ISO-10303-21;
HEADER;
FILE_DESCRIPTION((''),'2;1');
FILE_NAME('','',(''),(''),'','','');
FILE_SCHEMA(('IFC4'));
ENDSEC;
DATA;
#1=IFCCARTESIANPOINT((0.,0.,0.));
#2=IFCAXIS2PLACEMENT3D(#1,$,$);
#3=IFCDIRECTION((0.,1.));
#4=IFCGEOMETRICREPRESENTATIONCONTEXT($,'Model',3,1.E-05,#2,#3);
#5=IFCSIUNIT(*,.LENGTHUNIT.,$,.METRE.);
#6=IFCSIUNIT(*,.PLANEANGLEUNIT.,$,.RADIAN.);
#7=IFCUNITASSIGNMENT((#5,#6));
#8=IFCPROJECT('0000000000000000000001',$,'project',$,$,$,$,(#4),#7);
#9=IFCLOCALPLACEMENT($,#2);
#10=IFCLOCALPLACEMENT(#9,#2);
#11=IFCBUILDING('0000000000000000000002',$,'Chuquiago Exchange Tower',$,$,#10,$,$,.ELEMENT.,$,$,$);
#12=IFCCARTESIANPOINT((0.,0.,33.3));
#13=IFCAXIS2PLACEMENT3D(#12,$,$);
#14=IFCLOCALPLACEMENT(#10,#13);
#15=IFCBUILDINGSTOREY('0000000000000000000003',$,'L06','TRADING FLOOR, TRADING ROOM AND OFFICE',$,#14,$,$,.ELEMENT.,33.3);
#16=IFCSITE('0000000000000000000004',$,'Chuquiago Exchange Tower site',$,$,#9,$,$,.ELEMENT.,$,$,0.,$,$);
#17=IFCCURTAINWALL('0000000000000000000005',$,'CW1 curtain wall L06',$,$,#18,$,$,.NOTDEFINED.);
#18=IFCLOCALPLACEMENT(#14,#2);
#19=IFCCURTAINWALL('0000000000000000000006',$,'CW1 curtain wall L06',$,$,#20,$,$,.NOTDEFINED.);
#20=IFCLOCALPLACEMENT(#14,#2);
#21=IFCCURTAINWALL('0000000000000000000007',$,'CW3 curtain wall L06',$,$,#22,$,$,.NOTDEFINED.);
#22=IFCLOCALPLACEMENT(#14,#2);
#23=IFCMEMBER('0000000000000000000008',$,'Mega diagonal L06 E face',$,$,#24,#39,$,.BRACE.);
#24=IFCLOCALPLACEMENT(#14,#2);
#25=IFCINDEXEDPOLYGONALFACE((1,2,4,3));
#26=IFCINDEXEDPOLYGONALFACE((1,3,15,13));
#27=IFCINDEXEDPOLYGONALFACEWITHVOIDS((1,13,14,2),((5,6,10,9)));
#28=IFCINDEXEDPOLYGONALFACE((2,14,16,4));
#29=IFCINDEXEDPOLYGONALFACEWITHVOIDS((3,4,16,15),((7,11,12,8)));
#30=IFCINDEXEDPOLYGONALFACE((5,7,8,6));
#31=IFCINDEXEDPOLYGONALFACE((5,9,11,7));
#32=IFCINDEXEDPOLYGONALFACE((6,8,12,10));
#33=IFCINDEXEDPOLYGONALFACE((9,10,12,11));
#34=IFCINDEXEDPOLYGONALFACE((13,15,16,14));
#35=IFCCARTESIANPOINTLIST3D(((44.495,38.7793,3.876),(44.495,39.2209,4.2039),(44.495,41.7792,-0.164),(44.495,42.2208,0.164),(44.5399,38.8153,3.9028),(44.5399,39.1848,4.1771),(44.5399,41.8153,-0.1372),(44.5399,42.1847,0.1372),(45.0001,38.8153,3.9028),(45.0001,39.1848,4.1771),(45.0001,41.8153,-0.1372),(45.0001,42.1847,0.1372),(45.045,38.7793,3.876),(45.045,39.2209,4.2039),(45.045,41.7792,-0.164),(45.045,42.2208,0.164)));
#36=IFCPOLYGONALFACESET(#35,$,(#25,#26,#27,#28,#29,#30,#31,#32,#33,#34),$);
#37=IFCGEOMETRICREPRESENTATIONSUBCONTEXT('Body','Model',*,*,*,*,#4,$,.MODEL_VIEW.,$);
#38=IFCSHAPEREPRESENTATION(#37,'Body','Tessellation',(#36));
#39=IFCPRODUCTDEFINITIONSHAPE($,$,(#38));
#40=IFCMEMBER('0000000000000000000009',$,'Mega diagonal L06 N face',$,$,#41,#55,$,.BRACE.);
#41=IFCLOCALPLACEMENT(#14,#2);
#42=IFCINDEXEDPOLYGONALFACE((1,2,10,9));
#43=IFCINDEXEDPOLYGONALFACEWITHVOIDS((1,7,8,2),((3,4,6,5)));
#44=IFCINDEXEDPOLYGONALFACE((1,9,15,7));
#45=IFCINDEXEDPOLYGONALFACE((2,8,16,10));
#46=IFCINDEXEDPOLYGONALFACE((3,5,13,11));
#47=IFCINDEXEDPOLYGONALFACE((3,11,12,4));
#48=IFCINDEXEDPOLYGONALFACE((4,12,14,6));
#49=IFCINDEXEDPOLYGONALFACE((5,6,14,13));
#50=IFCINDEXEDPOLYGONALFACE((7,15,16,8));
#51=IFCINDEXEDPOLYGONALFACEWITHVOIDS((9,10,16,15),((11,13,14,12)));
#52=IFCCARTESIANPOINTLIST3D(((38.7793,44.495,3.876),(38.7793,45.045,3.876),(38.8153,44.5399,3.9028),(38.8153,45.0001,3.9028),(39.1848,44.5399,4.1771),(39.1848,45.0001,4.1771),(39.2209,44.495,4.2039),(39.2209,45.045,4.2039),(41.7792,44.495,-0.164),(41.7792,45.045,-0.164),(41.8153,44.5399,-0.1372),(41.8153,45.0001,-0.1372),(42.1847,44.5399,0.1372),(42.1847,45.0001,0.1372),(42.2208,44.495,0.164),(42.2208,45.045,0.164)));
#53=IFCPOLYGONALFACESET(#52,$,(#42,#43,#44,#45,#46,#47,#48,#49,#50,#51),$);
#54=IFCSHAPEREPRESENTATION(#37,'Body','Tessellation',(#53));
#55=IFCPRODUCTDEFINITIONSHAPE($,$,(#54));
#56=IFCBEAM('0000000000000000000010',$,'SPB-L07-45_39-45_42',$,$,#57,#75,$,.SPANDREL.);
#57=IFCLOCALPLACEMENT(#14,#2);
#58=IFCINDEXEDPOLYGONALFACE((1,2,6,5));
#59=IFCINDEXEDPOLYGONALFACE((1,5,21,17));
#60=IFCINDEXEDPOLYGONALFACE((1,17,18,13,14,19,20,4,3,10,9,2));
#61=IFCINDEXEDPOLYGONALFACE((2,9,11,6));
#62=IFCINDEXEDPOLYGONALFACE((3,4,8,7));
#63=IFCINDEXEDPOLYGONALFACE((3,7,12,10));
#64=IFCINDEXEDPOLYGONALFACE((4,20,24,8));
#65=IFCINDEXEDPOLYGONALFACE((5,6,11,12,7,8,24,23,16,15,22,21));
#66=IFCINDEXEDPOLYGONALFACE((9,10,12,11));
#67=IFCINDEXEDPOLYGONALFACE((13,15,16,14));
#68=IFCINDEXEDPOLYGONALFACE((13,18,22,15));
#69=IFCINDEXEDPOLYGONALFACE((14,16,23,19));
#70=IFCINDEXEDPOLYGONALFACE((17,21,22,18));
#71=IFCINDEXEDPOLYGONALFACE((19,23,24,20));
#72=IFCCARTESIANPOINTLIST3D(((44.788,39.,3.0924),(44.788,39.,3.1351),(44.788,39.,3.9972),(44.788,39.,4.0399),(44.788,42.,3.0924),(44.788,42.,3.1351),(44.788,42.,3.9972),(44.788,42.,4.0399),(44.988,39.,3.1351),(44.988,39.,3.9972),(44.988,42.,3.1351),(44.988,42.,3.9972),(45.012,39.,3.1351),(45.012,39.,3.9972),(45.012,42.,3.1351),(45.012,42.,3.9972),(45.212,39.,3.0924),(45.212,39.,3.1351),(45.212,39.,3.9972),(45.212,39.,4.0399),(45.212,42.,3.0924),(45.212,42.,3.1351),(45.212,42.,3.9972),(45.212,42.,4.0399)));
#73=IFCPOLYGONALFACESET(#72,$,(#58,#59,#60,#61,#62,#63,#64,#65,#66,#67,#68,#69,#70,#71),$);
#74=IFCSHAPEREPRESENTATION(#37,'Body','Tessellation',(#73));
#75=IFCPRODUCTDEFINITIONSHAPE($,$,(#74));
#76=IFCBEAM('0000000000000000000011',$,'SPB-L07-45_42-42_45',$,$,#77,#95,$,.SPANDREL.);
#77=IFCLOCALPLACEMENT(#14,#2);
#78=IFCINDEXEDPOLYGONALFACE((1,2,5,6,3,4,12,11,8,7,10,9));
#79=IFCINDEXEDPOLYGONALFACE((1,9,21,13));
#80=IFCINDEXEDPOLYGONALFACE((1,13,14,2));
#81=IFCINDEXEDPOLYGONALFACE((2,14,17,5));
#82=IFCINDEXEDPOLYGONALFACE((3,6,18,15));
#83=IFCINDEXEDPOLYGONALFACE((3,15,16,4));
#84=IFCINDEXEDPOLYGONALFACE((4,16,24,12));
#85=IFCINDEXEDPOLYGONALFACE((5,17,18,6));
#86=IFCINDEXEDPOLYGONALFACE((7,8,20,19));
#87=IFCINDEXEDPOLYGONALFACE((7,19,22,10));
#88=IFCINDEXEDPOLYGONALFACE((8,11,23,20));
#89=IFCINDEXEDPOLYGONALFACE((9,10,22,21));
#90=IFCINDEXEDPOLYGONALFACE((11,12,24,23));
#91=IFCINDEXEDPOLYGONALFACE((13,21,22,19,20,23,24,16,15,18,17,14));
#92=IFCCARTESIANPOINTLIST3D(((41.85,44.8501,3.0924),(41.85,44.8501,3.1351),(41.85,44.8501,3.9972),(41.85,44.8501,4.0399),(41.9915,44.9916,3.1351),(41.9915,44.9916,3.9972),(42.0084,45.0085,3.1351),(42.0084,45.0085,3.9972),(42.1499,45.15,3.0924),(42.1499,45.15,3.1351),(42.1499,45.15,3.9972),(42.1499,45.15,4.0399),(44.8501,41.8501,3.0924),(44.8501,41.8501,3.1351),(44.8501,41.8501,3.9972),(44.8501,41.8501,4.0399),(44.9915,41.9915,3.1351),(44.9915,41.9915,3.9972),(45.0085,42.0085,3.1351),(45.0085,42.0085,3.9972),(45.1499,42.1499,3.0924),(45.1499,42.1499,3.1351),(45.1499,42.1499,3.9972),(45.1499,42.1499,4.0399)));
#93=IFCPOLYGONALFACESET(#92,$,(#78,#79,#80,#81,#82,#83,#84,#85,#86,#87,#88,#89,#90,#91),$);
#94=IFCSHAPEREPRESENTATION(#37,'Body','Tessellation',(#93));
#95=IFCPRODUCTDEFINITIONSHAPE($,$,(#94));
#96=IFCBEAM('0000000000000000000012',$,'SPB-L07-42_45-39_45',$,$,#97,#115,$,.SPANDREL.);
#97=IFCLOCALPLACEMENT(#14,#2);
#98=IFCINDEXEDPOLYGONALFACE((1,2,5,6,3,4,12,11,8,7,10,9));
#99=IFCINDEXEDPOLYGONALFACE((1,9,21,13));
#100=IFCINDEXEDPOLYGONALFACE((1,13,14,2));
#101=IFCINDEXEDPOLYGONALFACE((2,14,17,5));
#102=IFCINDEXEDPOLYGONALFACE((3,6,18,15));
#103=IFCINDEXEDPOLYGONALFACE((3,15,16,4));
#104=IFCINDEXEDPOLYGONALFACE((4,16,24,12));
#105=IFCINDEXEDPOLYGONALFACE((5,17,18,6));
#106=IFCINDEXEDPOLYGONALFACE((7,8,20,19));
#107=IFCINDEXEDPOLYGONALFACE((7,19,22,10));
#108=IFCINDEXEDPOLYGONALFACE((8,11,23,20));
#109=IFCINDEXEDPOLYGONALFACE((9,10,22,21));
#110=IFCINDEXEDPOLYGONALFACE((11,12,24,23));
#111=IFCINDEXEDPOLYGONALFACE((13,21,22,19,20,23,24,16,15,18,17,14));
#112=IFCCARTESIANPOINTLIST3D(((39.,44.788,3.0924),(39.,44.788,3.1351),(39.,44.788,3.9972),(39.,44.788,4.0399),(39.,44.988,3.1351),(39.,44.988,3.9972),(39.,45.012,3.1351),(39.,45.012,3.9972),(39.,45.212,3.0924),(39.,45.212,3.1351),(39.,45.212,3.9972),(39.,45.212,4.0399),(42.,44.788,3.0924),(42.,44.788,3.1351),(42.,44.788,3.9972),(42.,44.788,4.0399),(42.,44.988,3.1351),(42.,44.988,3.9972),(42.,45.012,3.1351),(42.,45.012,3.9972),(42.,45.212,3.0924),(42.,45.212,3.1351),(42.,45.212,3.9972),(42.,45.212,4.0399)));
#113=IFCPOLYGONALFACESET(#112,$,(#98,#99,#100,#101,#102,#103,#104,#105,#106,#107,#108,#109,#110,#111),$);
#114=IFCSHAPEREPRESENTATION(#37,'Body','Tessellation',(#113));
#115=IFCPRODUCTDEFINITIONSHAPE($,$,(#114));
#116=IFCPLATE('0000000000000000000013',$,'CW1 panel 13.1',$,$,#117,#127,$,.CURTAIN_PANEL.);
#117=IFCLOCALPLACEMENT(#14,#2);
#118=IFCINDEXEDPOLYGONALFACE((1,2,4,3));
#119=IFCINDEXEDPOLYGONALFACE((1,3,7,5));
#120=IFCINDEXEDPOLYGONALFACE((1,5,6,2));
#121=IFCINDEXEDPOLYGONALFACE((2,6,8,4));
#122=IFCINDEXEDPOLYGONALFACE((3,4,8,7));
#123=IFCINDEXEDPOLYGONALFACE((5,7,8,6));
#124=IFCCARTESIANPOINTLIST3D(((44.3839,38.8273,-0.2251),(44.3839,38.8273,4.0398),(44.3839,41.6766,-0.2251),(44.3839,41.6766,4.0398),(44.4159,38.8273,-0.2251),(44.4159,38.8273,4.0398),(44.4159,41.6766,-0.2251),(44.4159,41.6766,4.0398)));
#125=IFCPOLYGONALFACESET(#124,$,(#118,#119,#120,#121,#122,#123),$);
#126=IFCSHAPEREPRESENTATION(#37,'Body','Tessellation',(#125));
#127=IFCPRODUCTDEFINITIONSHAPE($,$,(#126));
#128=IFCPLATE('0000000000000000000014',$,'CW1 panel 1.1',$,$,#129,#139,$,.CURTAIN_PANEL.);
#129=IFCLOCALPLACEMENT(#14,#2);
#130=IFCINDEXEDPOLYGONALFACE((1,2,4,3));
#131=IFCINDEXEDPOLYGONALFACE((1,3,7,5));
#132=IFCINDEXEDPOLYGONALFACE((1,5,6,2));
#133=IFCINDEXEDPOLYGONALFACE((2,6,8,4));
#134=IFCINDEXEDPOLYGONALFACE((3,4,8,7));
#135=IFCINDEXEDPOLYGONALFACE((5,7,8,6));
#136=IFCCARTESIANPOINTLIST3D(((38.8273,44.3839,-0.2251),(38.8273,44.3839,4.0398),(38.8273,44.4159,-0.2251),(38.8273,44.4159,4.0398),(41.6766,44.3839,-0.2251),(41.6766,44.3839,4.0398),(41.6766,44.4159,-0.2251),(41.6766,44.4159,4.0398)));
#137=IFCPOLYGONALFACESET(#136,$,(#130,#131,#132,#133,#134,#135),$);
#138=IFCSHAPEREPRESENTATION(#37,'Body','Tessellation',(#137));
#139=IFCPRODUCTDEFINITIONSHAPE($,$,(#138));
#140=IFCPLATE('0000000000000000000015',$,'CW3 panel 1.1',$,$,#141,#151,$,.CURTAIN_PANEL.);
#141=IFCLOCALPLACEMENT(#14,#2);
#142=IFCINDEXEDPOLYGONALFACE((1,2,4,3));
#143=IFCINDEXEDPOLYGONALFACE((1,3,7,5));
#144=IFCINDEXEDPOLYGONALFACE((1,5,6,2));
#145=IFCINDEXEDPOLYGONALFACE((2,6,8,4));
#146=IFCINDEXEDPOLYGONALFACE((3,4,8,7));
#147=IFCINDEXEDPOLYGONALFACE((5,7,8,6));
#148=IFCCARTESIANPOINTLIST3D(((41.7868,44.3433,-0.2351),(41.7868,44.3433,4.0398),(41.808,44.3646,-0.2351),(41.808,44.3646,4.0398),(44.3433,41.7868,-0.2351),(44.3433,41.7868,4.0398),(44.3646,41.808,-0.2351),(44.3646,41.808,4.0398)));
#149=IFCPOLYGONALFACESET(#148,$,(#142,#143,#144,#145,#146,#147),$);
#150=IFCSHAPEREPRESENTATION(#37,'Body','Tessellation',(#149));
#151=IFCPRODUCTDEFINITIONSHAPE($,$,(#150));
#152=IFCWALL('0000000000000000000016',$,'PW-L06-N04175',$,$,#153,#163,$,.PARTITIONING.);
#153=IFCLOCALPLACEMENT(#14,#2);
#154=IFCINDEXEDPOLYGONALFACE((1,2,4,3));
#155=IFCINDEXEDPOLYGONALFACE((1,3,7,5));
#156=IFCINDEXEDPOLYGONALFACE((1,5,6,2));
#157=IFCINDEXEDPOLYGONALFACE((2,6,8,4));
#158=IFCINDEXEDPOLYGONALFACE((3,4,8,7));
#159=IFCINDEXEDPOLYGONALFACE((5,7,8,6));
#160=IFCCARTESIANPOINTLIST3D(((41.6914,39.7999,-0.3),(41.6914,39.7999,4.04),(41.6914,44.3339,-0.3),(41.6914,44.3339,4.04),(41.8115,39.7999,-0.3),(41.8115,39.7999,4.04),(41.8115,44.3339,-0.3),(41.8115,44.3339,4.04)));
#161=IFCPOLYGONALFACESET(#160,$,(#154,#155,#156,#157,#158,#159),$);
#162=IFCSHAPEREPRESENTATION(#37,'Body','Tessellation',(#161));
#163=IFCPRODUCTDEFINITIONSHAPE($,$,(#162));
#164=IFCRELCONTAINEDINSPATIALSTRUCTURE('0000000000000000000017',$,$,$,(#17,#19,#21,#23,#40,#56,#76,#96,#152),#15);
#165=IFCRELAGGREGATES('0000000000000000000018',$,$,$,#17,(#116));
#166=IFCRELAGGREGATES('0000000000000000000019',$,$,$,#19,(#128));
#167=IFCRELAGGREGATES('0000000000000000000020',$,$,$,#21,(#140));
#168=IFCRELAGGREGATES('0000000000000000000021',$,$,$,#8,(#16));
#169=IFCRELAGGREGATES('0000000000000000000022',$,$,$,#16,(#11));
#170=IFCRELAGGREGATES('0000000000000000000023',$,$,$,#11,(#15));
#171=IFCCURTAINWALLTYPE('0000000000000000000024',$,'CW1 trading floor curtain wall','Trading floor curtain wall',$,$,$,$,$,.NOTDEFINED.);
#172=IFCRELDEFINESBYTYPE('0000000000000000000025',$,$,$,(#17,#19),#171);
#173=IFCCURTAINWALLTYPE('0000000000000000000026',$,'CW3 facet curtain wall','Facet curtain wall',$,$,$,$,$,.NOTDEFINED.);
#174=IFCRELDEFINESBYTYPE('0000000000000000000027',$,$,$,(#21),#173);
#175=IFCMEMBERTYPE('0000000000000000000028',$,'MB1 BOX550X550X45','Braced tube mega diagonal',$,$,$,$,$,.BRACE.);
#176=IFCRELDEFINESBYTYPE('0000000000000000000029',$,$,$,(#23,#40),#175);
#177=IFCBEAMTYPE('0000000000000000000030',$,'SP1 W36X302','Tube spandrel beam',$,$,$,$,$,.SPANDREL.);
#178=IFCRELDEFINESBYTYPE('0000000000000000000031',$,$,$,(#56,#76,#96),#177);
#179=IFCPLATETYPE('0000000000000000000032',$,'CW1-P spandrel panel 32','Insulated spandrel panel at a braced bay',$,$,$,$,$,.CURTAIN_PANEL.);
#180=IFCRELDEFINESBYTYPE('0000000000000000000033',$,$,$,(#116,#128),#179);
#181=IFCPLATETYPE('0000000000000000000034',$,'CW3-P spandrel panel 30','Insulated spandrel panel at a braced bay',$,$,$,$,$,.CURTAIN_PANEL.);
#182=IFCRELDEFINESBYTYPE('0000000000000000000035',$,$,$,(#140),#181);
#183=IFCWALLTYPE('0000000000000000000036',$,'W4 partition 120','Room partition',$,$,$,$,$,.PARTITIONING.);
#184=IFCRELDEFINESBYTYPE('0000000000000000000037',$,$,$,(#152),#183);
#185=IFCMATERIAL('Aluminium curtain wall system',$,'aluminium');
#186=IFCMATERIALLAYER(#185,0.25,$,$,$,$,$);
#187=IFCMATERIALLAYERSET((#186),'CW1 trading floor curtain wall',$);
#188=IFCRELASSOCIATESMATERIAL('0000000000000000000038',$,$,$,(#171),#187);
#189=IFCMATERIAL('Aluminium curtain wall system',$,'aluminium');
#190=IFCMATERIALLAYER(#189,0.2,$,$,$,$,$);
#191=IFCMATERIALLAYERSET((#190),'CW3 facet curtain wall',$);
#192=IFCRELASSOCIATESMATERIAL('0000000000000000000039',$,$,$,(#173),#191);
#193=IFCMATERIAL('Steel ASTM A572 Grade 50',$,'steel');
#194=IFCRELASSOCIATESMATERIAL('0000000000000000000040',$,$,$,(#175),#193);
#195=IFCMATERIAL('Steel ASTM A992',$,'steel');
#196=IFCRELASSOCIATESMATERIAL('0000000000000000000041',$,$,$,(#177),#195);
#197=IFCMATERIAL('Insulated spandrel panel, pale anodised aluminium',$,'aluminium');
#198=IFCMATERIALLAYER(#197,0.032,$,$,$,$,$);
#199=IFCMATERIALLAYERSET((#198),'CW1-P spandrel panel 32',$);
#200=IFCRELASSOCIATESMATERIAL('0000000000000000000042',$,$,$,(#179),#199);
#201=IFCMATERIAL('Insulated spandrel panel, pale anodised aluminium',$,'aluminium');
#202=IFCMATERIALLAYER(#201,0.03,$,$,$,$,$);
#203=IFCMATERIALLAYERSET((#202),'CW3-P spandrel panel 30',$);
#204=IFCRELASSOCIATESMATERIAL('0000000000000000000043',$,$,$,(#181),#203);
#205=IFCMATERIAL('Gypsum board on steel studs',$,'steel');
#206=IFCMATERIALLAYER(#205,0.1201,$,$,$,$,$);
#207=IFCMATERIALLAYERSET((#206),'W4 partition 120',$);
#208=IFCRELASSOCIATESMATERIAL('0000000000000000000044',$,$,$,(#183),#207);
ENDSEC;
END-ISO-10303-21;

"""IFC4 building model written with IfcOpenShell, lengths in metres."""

from ifc_helpers import new_model, si_unit, direction, frame, frame_2d, origin, origin_2d, place, context, subcontext, project, spatial, rectangle, hollow_rectangle, i_section, extrude, material, layer, layer_set, material_profile, profile_set, type_object, element, aggregate, save


model = new_model("IFC4")

# Units and contexts
model_context = context("Model", 3, precision=1e-05, world=origin(), true_north=direction((0.0, 1.0)))
body_context = subcontext(model_context, "Body", "Model", "MODEL_VIEW")
ifc_project = project(units=[si_unit("LENGTHUNIT", "METRE"), si_unit("PLANEANGLEUNIT", "RADIAN")], contexts=[model_context])

# Site, building, storey
site_placement = place(None, origin())
site = spatial("IfcSite", under=ifc_project, at=site_placement, Name="Chuquiago Exchange Tower site", CompositionType="ELEMENT", RefElevation=0.0)
building_placement = place(site_placement, origin())
building = spatial("IfcBuilding", under=site, at=building_placement, Name="Chuquiago Exchange Tower", CompositionType="ELEMENT")
storey_placement = place(building_placement, frame((0.0, 0.0, 33.3)))
storey = spatial("IfcBuildingStorey", under=building, at=storey_placement, Name="L06", Description="TRADING FLOOR, TRADING ROOM AND OFFICE", CompositionType="ELEMENT", Elevation=33.3)

# Curtain walls
ifc_material_1 = material(Name="Aluminium curtain wall system", Category="aluminium")
ifc_layer_1 = layer(ifc_material_1, 0.25)
ifc_layer_set_1 = layer_set([ifc_layer_1], Name="CW1 trading floor curtain wall")
curtain_wall_type_1 = type_object("IfcCurtainWallType", Name="CW1 trading floor curtain wall", Description="Trading floor curtain wall", PredefinedType="NOTDEFINED", material=ifc_layer_set_1)
curtain_wall_1_placement = place(storey_placement, origin())
curtain_wall_1 = element("IfcCurtainWall", 1, at=curtain_wall_1_placement, inside=storey, type_object=curtain_wall_type_1, Name="CW1 curtain wall L06", PredefinedType="NOTDEFINED")
curtain_wall_2_placement = place(storey_placement, origin())
curtain_wall_2 = element("IfcCurtainWall", 2, at=curtain_wall_2_placement, inside=storey, type_object=curtain_wall_type_1, Name="CW1 curtain wall L06", PredefinedType="NOTDEFINED")

# Curtain wall
ifc_material_2 = material(Name="Aluminium curtain wall system", Category="aluminium")
ifc_layer_2 = layer(ifc_material_2, 0.2)
ifc_layer_set_2 = layer_set([ifc_layer_2], Name="CW3 facet curtain wall")
curtain_wall_type_2 = type_object("IfcCurtainWallType", Name="CW3 facet curtain wall", Description="Facet curtain wall", PredefinedType="NOTDEFINED", material=ifc_layer_set_2)
curtain_wall_3_placement = place(storey_placement, origin())
curtain_wall_3 = element("IfcCurtainWall", 3, at=curtain_wall_3_placement, inside=storey, type_object=curtain_wall_type_2, Name="CW3 curtain wall L06", PredefinedType="NOTDEFINED")

# Members
ifc_material_3 = material(Name="Steel ASTM A572 Grade 50", Category="steel")
ifc_material_profile_1 = material_profile(ifc_material_3, hollow_rectangle(XDim=0.55, YDim=0.55, WallThickness=0.0449, at=origin_2d()), Name="BOX550X550X45")
ifc_profile_set_1 = profile_set([ifc_material_profile_1], Name="Steel ASTM A572 Grade 50")
member_type_1 = type_object("IfcMemberType", Name="MB1 BOX550X550X45", Description="Braced tube mega diagonal", PredefinedType="BRACE", material=ifc_profile_set_1)
for number, where, z_axis, x_axis, name in (
    (4, (44.77, 42.0, 0.0), (0.0, -0.596174, 0.802855), (1.0, 0.0, 0.0), "Mega diagonal L06 E face"),
    (5, (42.0, 44.77, 0.0), (-0.596174, 0.0, 0.802855), (0.0, -1.0, 0.0), "Mega diagonal L06 N face"),
):
    element("IfcMember", number, at=place(storey_placement, frame(where, z_axis=z_axis, x_axis=x_axis)), inside=storey, type_object=member_type_1, Name=name, PredefinedType="BRACE", context=body_context, shape_type="SweptSolid", body=[
        extrude(hollow_rectangle(XDim=0.55, YDim=0.55, WallThickness=0.0449, at=origin_2d()), origin(), (0.0, 0.0, 1.0), 5.032),
    ])

# Beams
ifc_material_4 = material(Name="Steel ASTM A992", Category="steel")
ifc_material_profile_2 = material_profile(ifc_material_4, i_section(OverallWidth=0.4241, OverallDepth=0.9475, WebThickness=0.0239, FlangeThickness=0.0427, at=origin_2d()), Name="W36X302")
ifc_profile_set_2 = profile_set([ifc_material_profile_2], Name="Steel ASTM A992")
beam_type = type_object("IfcBeamType", Name="SP1 W36X302", Description="Tube spandrel beam", PredefinedType="SPANDREL", material=ifc_profile_set_2)
beam_1_placement = place(storey_placement, frame((45.0, 39.0, 3.5662), z_axis=(0.0, 1.0, 0.0), x_axis=(-1.0, 0.0, 0.0)))
element("IfcBeam", 6, at=beam_1_placement, inside=storey, type_object=beam_type, Name="SPB-L07-45_39-45_42", PredefinedType="SPANDREL", context=body_context, shape_type="SweptSolid", body=[
    extrude(i_section(OverallWidth=0.4241, OverallDepth=0.9475, WebThickness=0.0239, FlangeThickness=0.0427, at=origin_2d()), origin(), (0.0, 0.0, 1.0), 3.0),
])
beam_2_placement = place(storey_placement, frame((45.0, 42.0, 3.5662), z_axis=(-0.707107, 0.707107, 0.0), x_axis=(-0.707107, -0.707107, 0.0)))
element("IfcBeam", 7, at=beam_2_placement, inside=storey, type_object=beam_type, Name="SPB-L07-45_42-42_45", PredefinedType="SPANDREL", context=body_context, shape_type="SweptSolid", body=[
    extrude(i_section(OverallWidth=0.4241, OverallDepth=0.9475, WebThickness=0.0239, FlangeThickness=0.0427, at=origin_2d()), origin(), (0.0, 0.0, 1.0), 4.2427),
])
beam_3_placement = place(storey_placement, frame((42.0, 45.0, 3.5662), z_axis=(-1.0, 0.0, 0.0), x_axis=(0.0, -1.0, 0.0)))
element("IfcBeam", 8, at=beam_3_placement, inside=storey, type_object=beam_type, Name="SPB-L07-42_45-39_45", PredefinedType="SPANDREL", context=body_context, shape_type="SweptSolid", body=[
    extrude(i_section(OverallWidth=0.4241, OverallDepth=0.9475, WebThickness=0.0239, FlangeThickness=0.0427, at=origin_2d()), origin(), (0.0, 0.0, 1.0), 3.0),
])

# Plates
ifc_material_5 = material(Name="Insulated spandrel panel, pale anodised aluminium", Category="aluminium")
ifc_layer_3 = layer(ifc_material_5, 0.032)
ifc_layer_set_3 = layer_set([ifc_layer_3], Name="CW1-P spandrel panel 32")
plate_type_1 = type_object("IfcPlateType", Name="CW1-P spandrel panel 32", Description="Insulated spandrel panel at a braced bay", PredefinedType="CURTAIN_PANEL", material=ifc_layer_set_3)
plate_1_placement = place(storey_placement, frame((44.3999, 40.252, -0.2251), z_axis=(0.0, 0.0, 1.0), x_axis=(0.0, 1.0, 0.0)))
plate_1 = element("IfcPlate", 9, at=plate_1_placement, type_object=plate_type_1, Name="CW1 panel 13.1", PredefinedType="CURTAIN_PANEL", context=body_context, shape_type="SweptSolid", body=[
    extrude(rectangle(XDim=2.8494, YDim=0.032, at=origin_2d()), origin(), (0.0, 0.0, 1.0), 4.2649),
])
aggregate(curtain_wall_1, [plate_1])
plate_2_placement = place(storey_placement, frame((40.252, 44.3999, -0.2251), z_axis=(0.0, 0.0, 1.0), x_axis=(-1.0, 0.0, 0.0)))
plate_2 = element("IfcPlate", 10, at=plate_2_placement, type_object=plate_type_1, Name="CW1 panel 1.1", PredefinedType="CURTAIN_PANEL", context=body_context, shape_type="SweptSolid", body=[
    extrude(rectangle(XDim=2.8494, YDim=0.032, at=origin_2d()), origin(), (0.0, 0.0, 1.0), 4.2649),
])
aggregate(curtain_wall_2, [plate_2])
ifc_material_6 = material(Name="Insulated spandrel panel, pale anodised aluminium", Category="aluminium")
ifc_layer_4 = layer(ifc_material_6, 0.03)
ifc_layer_set_4 = layer_set([ifc_layer_4], Name="CW3-P spandrel panel 30")
plate_type_2 = type_object("IfcPlateType", Name="CW3-P spandrel panel 30", Description="Insulated spandrel panel at a braced bay", PredefinedType="CURTAIN_PANEL", material=ifc_layer_set_4)
plate_3_placement = place(storey_placement, frame((43.0757, 43.0757, -0.2351), z_axis=(0.0, 0.0, 1.0), x_axis=(-0.707107, 0.707107, 0.0)))
plate_3 = element("IfcPlate", 11, at=plate_3_placement, type_object=plate_type_2, Name="CW3 panel 1.1", PredefinedType="CURTAIN_PANEL", context=body_context, shape_type="SweptSolid", body=[
    extrude(rectangle(XDim=3.6155, YDim=0.03, at=origin_2d()), origin(), (0.0, 0.0, 1.0), 4.2749),
])
aggregate(curtain_wall_3, [plate_3])

# Wall
ifc_material_7 = material(Name="Gypsum board on steel studs", Category="steel")
ifc_layer_5 = layer(ifc_material_7, 0.1201)
ifc_layer_set_5 = layer_set([ifc_layer_5], Name="W4 partition 120")
wall_type = type_object("IfcWallType", Name="W4 partition 120", Description="Room partition", PredefinedType="PARTITIONING", material=ifc_layer_set_5)
wall_placement = place(storey_placement, frame((41.7515, 44.334, -0.3), z_axis=(0.0, 0.0, 1.0), x_axis=(0.0, -1.0, 0.0)))
element("IfcWall", 12, at=wall_placement, inside=storey, type_object=wall_type, Name="PW-L06-N04175", PredefinedType="PARTITIONING", context=body_context, shape_type="SweptSolid", body=[
    extrude(rectangle(XDim=4.5339, YDim=0.1201, at=frame_2d((2.2671, 0.0))), origin(), (0.0, 0.0, 1.0), 4.3401),
])

save(model, "model.ifc")
